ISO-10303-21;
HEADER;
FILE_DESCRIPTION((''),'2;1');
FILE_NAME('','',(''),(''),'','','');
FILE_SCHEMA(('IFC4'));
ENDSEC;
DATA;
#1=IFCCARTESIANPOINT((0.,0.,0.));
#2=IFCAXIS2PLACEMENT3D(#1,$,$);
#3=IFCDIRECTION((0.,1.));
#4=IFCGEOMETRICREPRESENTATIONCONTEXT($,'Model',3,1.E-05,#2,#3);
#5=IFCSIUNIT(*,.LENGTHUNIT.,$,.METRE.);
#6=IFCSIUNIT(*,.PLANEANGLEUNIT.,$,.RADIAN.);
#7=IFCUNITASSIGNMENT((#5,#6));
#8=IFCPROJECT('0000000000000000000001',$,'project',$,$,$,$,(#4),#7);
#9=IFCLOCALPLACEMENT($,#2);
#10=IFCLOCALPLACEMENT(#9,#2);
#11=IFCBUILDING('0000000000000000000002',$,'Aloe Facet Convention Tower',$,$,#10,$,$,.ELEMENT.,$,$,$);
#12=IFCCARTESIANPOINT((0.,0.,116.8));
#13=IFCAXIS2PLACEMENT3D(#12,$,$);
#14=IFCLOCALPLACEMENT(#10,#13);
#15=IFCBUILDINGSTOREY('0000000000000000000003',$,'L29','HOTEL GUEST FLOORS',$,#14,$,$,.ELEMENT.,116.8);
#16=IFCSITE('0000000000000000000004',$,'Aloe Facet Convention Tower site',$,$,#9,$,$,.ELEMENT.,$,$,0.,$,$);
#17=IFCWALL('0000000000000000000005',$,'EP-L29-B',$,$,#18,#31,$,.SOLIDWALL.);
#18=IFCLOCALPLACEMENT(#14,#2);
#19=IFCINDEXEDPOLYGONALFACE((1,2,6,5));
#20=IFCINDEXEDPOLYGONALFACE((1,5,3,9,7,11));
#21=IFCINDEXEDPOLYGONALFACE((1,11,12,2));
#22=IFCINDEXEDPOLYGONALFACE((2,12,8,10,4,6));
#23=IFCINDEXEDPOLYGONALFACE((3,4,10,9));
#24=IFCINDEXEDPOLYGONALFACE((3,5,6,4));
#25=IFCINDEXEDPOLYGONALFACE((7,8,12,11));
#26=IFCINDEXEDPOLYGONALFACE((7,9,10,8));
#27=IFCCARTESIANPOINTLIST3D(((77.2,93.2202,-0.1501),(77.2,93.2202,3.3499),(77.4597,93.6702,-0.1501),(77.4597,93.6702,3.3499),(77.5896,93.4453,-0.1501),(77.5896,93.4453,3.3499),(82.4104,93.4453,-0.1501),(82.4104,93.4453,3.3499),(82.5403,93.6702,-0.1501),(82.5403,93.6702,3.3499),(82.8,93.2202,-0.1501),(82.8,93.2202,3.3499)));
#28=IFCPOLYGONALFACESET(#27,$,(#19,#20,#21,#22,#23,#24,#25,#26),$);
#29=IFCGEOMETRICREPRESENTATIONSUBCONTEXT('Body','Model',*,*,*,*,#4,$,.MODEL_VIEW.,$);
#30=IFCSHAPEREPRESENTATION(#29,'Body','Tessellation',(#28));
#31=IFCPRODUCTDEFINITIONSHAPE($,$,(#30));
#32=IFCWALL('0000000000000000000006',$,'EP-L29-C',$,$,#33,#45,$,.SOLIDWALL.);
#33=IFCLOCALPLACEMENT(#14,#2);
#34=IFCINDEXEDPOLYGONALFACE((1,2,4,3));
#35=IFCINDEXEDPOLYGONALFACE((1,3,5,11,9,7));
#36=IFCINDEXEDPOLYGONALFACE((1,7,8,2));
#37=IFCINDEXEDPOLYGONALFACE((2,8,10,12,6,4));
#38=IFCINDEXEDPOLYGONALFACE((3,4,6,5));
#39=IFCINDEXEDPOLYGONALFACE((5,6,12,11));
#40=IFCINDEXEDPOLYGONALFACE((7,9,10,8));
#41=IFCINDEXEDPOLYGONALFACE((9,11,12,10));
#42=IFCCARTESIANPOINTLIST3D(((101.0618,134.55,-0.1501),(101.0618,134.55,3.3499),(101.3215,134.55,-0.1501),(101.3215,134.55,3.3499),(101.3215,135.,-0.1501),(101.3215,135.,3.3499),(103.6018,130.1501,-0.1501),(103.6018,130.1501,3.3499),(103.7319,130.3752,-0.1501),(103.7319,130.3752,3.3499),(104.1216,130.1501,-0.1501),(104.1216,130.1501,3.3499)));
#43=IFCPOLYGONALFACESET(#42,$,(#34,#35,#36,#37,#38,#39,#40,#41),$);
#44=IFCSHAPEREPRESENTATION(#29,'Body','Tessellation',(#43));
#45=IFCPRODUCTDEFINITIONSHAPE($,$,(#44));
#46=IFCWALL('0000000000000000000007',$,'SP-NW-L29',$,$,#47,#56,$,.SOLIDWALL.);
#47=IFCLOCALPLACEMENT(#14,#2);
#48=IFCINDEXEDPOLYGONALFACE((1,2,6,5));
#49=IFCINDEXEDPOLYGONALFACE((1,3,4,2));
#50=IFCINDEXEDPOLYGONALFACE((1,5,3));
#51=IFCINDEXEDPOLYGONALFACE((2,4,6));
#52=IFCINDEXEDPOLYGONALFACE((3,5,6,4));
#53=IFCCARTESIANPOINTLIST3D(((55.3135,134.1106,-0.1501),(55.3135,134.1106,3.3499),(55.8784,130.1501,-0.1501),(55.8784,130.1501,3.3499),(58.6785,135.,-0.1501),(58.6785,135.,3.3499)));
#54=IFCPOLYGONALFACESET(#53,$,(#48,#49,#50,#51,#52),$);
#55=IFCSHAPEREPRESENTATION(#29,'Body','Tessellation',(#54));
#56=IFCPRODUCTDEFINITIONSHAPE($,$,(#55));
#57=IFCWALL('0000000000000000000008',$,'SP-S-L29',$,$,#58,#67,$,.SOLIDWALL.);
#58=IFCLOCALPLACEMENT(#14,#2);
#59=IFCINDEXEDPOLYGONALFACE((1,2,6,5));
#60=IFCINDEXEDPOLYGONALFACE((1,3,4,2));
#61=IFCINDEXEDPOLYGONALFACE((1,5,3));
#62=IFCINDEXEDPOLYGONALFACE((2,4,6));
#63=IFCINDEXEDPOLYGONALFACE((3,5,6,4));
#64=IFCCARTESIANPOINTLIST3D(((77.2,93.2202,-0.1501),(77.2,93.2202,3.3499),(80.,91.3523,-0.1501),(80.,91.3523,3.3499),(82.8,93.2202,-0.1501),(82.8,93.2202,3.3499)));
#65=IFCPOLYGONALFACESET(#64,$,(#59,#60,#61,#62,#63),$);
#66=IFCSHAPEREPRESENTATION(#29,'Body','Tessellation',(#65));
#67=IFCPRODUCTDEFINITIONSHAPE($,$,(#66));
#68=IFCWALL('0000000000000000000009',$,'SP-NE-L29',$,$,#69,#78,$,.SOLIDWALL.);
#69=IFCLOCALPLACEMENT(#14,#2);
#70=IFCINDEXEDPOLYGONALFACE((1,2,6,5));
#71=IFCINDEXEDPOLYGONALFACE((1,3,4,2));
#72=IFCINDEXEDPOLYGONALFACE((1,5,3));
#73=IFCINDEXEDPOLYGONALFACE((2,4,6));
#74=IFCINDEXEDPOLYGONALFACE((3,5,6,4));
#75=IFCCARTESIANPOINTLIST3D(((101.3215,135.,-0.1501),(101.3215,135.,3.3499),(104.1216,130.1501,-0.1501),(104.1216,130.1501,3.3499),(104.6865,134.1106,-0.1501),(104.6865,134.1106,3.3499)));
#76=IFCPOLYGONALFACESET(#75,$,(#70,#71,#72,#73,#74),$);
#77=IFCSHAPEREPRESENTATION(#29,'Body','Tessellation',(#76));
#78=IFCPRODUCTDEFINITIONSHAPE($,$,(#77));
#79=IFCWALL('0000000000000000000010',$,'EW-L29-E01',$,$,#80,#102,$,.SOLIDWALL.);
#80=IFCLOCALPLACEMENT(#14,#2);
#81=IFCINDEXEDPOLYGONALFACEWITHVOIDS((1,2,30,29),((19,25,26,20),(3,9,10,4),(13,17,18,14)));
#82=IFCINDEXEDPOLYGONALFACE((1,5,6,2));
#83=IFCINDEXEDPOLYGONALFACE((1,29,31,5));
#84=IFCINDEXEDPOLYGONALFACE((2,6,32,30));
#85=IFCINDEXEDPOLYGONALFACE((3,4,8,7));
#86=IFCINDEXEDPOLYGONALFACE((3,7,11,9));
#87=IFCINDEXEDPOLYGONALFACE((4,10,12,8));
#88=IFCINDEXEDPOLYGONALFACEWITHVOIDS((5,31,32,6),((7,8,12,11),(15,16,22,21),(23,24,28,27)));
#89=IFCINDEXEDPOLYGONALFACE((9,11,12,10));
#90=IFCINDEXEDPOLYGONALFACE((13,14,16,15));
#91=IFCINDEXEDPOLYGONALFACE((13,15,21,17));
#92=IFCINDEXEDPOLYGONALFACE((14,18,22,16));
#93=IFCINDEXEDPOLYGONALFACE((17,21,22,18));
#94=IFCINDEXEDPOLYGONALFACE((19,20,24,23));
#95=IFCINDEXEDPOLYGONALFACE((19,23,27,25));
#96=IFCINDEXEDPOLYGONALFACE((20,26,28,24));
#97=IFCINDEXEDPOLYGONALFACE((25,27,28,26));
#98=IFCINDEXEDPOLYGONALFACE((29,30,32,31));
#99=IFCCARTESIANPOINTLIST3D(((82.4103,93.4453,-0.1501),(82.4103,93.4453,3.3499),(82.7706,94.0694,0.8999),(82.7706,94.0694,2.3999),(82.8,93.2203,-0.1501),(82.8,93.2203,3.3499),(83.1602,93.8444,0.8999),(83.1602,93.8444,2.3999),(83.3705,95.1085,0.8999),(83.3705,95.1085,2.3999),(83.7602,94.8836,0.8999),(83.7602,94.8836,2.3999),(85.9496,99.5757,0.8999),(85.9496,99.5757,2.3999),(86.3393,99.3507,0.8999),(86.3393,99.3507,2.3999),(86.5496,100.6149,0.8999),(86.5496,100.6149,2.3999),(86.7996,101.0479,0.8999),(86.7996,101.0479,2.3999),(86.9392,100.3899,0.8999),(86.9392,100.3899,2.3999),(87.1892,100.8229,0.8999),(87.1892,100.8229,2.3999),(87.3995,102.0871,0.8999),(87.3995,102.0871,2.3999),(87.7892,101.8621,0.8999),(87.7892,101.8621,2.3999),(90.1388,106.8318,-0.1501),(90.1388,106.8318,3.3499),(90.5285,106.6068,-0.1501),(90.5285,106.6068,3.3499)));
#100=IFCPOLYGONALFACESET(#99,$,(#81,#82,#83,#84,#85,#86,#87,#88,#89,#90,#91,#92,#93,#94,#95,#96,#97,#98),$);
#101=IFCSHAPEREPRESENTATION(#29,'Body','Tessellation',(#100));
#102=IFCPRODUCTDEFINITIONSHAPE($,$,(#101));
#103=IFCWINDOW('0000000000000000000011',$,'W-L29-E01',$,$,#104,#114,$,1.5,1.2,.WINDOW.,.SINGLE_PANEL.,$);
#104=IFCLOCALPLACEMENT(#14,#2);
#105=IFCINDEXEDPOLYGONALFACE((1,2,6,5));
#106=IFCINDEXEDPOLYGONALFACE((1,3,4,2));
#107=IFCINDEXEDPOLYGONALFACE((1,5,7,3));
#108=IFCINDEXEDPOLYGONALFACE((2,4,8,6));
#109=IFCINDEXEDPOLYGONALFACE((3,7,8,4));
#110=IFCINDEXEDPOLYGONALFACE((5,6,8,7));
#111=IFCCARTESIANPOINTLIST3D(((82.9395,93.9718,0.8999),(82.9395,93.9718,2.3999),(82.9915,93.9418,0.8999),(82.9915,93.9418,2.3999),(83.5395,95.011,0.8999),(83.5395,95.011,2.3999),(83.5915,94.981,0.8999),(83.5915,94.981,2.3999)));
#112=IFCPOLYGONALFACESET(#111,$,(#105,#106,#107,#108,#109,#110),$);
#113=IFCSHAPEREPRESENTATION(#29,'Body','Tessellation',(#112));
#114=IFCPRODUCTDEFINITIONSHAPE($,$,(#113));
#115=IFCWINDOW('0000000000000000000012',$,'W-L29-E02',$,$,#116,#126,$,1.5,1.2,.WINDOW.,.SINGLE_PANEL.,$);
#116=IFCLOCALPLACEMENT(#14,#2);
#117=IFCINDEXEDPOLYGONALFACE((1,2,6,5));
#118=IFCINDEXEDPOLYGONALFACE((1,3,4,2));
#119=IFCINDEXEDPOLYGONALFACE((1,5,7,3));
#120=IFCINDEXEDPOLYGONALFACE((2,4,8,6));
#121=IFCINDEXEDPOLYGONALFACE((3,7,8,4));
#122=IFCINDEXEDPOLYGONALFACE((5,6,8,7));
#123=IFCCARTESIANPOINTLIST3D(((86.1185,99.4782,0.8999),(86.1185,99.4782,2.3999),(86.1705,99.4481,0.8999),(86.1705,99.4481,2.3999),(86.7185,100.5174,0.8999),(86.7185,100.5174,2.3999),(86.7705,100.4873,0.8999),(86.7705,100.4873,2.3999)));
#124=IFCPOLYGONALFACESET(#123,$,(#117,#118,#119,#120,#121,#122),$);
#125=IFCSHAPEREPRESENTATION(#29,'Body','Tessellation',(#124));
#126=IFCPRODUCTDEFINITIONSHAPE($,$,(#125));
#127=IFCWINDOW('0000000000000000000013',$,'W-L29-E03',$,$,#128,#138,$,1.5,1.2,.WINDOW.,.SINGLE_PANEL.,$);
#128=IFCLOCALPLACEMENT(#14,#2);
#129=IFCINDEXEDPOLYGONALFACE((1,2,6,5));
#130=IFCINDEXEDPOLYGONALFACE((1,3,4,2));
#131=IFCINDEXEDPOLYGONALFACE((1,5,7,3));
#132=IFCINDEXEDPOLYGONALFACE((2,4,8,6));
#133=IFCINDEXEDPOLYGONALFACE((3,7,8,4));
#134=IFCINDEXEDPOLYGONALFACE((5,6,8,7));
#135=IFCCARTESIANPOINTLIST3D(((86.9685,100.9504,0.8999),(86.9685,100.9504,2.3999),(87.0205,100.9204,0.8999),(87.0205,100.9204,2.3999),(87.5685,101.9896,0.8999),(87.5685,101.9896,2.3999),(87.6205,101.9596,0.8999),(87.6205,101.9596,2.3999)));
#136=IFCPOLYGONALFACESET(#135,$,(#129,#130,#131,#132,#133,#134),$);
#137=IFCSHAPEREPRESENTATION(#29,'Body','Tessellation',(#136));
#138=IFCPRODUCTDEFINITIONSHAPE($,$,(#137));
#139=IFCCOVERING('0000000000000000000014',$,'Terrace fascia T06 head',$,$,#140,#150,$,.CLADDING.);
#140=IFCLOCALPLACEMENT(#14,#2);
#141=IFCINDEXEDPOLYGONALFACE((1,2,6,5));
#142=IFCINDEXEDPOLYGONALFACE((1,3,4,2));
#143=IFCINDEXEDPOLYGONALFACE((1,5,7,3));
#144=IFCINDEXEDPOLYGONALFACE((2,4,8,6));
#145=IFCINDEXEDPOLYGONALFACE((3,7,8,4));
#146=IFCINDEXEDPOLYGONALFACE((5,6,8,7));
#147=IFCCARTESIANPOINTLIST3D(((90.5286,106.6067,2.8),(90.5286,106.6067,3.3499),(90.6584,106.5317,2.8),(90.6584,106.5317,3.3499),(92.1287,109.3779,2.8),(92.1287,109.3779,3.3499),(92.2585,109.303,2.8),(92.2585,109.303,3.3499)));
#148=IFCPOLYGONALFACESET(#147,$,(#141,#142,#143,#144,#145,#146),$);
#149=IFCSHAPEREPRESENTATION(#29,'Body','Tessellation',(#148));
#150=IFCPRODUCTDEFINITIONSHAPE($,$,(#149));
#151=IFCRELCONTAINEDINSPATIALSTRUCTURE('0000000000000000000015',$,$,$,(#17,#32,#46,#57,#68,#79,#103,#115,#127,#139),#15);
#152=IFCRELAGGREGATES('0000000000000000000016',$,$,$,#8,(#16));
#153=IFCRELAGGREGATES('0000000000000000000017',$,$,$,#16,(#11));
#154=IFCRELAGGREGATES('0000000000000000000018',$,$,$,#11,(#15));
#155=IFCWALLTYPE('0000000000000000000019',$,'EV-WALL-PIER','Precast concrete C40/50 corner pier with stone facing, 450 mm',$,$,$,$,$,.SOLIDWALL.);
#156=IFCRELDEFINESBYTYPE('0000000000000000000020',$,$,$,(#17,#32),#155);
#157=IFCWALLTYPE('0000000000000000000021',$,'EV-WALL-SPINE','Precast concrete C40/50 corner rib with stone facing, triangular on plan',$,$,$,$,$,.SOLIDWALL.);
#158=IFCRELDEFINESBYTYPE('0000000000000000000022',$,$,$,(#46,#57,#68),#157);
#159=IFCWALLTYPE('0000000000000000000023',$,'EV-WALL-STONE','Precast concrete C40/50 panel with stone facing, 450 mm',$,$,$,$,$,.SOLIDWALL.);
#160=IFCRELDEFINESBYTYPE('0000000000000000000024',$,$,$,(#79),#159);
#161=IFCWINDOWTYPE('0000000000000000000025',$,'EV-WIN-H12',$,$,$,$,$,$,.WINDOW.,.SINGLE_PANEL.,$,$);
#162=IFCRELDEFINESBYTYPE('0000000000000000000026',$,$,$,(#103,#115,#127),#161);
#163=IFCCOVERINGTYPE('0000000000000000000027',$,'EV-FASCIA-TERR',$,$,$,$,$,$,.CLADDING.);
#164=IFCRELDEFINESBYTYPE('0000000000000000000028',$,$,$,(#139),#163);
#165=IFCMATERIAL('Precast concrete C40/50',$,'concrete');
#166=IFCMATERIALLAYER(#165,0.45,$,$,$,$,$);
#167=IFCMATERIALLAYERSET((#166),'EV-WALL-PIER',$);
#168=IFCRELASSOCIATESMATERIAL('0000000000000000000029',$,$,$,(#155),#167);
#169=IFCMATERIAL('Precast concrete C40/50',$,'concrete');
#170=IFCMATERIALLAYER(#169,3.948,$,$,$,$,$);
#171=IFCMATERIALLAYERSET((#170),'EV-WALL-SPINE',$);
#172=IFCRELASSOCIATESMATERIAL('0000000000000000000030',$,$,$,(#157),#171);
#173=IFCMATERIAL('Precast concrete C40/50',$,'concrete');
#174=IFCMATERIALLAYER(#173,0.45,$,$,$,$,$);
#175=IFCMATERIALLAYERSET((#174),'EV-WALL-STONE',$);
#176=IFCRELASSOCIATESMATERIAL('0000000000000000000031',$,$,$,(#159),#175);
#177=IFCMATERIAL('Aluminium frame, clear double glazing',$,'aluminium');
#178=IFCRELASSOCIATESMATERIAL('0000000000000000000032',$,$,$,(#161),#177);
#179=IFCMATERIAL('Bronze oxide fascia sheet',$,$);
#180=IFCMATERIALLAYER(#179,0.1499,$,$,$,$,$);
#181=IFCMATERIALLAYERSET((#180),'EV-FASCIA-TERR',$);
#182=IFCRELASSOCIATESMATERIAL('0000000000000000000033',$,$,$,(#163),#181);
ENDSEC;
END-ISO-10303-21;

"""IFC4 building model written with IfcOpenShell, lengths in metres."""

from ifc_helpers import new_model, si_unit, direction, frame, frame_2d, origin, place, context, subcontext, project, spatial, polyline, rectangle, outline, extrude, material, layer, layer_set, type_object, element, fill, save


model = new_model("IFC4")

# Units and contexts
model_context = context("Model", 3, precision=1e-05, world=origin(), true_north=direction((0.0, 1.0)))
body_context = subcontext(model_context, "Body", "Model", "MODEL_VIEW")
ifc_project = project(units=[si_unit("LENGTHUNIT", "METRE"), si_unit("PLANEANGLEUNIT", "RADIAN")], contexts=[model_context])

# Site, building, storey
site_placement = place(None, origin())
site = spatial("IfcSite", under=ifc_project, at=site_placement, Name="Aloe Facet Convention Tower site", CompositionType="ELEMENT", RefElevation=0.0)
building_placement = place(site_placement, origin())
building = spatial("IfcBuilding", under=site, at=building_placement, Name="Aloe Facet Convention Tower", CompositionType="ELEMENT")
storey_placement = place(building_placement, frame((0.0, 0.0, 116.8)))
storey = spatial("IfcBuildingStorey", under=building, at=storey_placement, Name="L29", Description="HOTEL GUEST FLOORS", CompositionType="ELEMENT", Elevation=116.8)

# Walls
ifc_material_1 = material(Name="Precast concrete C40/50", Category="concrete")
ifc_layer_1 = layer(ifc_material_1, 0.45)
ifc_layer_set_1 = layer_set([ifc_layer_1], Name="EV-WALL-PIER")
wall_type_1 = type_object("IfcWallType", Name="EV-WALL-PIER", Description="Precast concrete C40/50 corner pier with stone facing, 450 mm", PredefinedType="SOLIDWALL", material=ifc_layer_set_1)
wall_1_placement = place(storey_placement, frame((0.0, 0.0, -0.1501)))
element("IfcWall", 1, at=wall_1_placement, inside=storey, type_object=wall_type_1, Name="EP-L29-B", PredefinedType="SOLIDWALL", context=body_context, shape_type="SweptSolid", body=[
    extrude(outline(polyline([(77.2, 93.2202), (77.5896, 93.4453), (77.4597, 93.6702), (82.5403, 93.6702), (82.4104, 93.4453), (82.8, 93.2202), (77.2, 93.2202)])), origin(), (0.0, 0.0, 1.0), 3.5),
])
wall_2_placement = place(storey_placement, frame((0.0, 0.0, -0.1501)))
element("IfcWall", 2, at=wall_2_placement, inside=storey, type_object=wall_type_1, Name="EP-L29-C", PredefinedType="SOLIDWALL", context=body_context, shape_type="SweptSolid", body=[
    extrude(outline(polyline([(104.1216, 130.1501), (103.7319, 130.3752), (103.6018, 130.1501), (101.0618, 134.55), (101.3215, 134.55), (101.3215, 135.0), (104.1216, 130.1501)])), origin(), (0.0, 0.0, 1.0), 3.5),
])
ifc_material_2 = material(Name="Precast concrete C40/50", Category="concrete")
ifc_layer_2 = layer(ifc_material_2, 3.948)
ifc_layer_set_2 = layer_set([ifc_layer_2], Name="EV-WALL-SPINE")
wall_type_2 = type_object("IfcWallType", Name="EV-WALL-SPINE", Description="Precast concrete C40/50 corner rib with stone facing, triangular on plan", PredefinedType="SOLIDWALL", material=ifc_layer_set_2)
wall_3_placement = place(storey_placement, frame((0.0, 0.0, -0.1501)))
element("IfcWall", 3, at=wall_3_placement, inside=storey, type_object=wall_type_2, Name="SP-NW-L29", PredefinedType="SOLIDWALL", context=body_context, shape_type="SweptSolid", body=[
    extrude(outline(polyline([(58.6785, 135.0), (55.3135, 134.1106), (55.8784, 130.1501), (58.6785, 135.0)])), origin(), (0.0, 0.0, 1.0), 3.5),
])
wall_4_placement = place(storey_placement, frame((0.0, 0.0, -0.1501)))
element("IfcWall", 4, at=wall_4_placement, inside=storey, type_object=wall_type_2, Name="SP-S-L29", PredefinedType="SOLIDWALL", context=body_context, shape_type="SweptSolid", body=[
    extrude(outline(polyline([(77.2, 93.2202), (80.0, 91.3523), (82.8, 93.2202), (77.2, 93.2202)])), origin(), (0.0, 0.0, 1.0), 3.5),
])
wall_5_placement = place(storey_placement, frame((0.0, 0.0, -0.1501)))
element("IfcWall", 5, at=wall_5_placement, inside=storey, type_object=wall_type_2, Name="SP-NE-L29", PredefinedType="SOLIDWALL", context=body_context, shape_type="SweptSolid", body=[
    extrude(outline(polyline([(104.1216, 130.1501), (104.6865, 134.1106), (101.3215, 135.0), (104.1216, 130.1501)])), origin(), (0.0, 0.0, 1.0), 3.5),
])

# Wall, openings, windows
ifc_material_3 = material(Name="Precast concrete C40/50", Category="concrete")
ifc_layer_3 = layer(ifc_material_3, 0.45)
ifc_layer_set_3 = layer_set([ifc_layer_3], Name="EV-WALL-STONE")
wall_type_3 = type_object("IfcWallType", Name="EV-WALL-STONE", Description="Precast concrete C40/50 panel with stone facing, 450 mm", PredefinedType="SOLIDWALL", material=ifc_layer_set_3)
wall_6_placement = place(storey_placement, frame((82.6052, 93.3328, -0.1501), z_axis=(0.0, 0.0, 1.0), x_axis=(0.499992, 0.86603, 0.0)))
wall_6 = element("IfcWall", 6, at=wall_6_placement, inside=storey, type_object=wall_type_3, Name="EW-L29-E01", PredefinedType="SOLIDWALL", context=body_context, shape_type="SweptSolid", body=[
    extrude(outline(polyline([(0.0, 0.0), (0.0, 3.5), (15.4573, 3.5), (15.4573, 0.0), (0.0, 0.0)])), frame((0.0, 0.2251, 0.0), z_axis=(0.0, -1.0, 0.0), x_axis=(1.0, 0.0, 0.0)), (0.0, 0.0, 1.0), 0.45),
])
opening_1_placement = place(wall_6_placement, frame((0.7205, 0.0, 1.05)))
opening_1 = element("IfcOpeningElement", 7, at=opening_1_placement, cuts=wall_6, PredefinedType="OPENING", context=body_context, shape_type="SweptSolid", body=[
    extrude(rectangle(XDim=1.2, YDim=1.5, at=frame_2d((0.6001, 0.75))), frame((0.0, 0.2349, 0.0), z_axis=(0.0, -1.0, 0.0), x_axis=(1.0, 0.0, 0.0)), (0.0, 0.0, 1.0), 0.47),
])
opening_2_placement = place(wall_6_placement, frame((7.0786, 0.0, 1.05)))
opening_2 = element("IfcOpeningElement", 8, at=opening_2_placement, cuts=wall_6, PredefinedType="OPENING", context=body_context, shape_type="SweptSolid", body=[
    extrude(rectangle(XDim=1.2, YDim=1.5, at=frame_2d((0.6001, 0.75))), frame((0.0, 0.2349, 0.0), z_axis=(0.0, -1.0, 0.0), x_axis=(1.0, 0.0, 0.0)), (0.0, 0.0, 1.0), 0.47),
])
opening_3_placement = place(wall_6_placement, frame((8.7786, 0.0, 1.05)))
opening_3 = element("IfcOpeningElement", 9, at=opening_3_placement, cuts=wall_6, PredefinedType="OPENING", context=body_context, shape_type="SweptSolid", body=[
    extrude(rectangle(XDim=1.2, YDim=1.5, at=frame_2d((0.6001, 0.75))), frame((0.0, 0.2349, 0.0), z_axis=(0.0, -1.0, 0.0), x_axis=(1.0, 0.0, 0.0)), (0.0, 0.0, 1.0), 0.47),
])
ifc_material_4 = material(Name="Aluminium frame, clear double glazing", Category="aluminium")
window_type = type_object("IfcWindowType", Name="EV-WIN-H12", PartitioningType="SINGLE_PANEL", PredefinedType="WINDOW", material=ifc_material_4)
window_1_placement = place(opening_1_placement, origin())
window_1 = element("IfcWindow", 10, at=window_1_placement, inside=storey, type_object=window_type, Name="W-L29-E01", OverallHeight=1.5, OverallWidth=1.2, PartitioningType="SINGLE_PANEL", PredefinedType="WINDOW", context=body_context, shape_type="SweptSolid", body=[
    extrude(rectangle(XDim=1.2, YDim=1.5, at=frame_2d((0.6001, 0.75))), frame((0.0, 0.03, 0.0), z_axis=(0.0, -1.0, 0.0), x_axis=(1.0, 0.0, 0.0)), (0.0, 0.0, 1.0), 0.0601),
])
fill(opening_1, window_1)
window_2_placement = place(opening_2_placement, origin())
window_2 = element("IfcWindow", 11, at=window_2_placement, inside=storey, type_object=window_type, Name="W-L29-E02", OverallHeight=1.5, OverallWidth=1.2, PartitioningType="SINGLE_PANEL", PredefinedType="WINDOW", context=body_context, shape_type="SweptSolid", body=[
    extrude(rectangle(XDim=1.2, YDim=1.5, at=frame_2d((0.6001, 0.75))), frame((0.0, 0.03, 0.0), z_axis=(0.0, -1.0, 0.0), x_axis=(1.0, 0.0, 0.0)), (0.0, 0.0, 1.0), 0.0601),
])
fill(opening_2, window_2)
window_3_placement = place(opening_3_placement, origin())
window_3 = element("IfcWindow", 12, at=window_3_placement, inside=storey, type_object=window_type, Name="W-L29-E03", OverallHeight=1.5, OverallWidth=1.2, PartitioningType="SINGLE_PANEL", PredefinedType="WINDOW", context=body_context, shape_type="SweptSolid", body=[
    extrude(rectangle(XDim=1.2, YDim=1.5, at=frame_2d((0.6001, 0.75))), frame((0.0, 0.03, 0.0), z_axis=(0.0, -1.0, 0.0), x_axis=(1.0, 0.0, 0.0)), (0.0, 0.0, 1.0), 0.0601),
])
fill(opening_3, window_3)

# Covering
ifc_material_5 = material(Name="Bronze oxide fascia sheet")
ifc_layer_4 = layer(ifc_material_5, 0.1499)
ifc_layer_set_4 = layer_set([ifc_layer_4], Name="EV-FASCIA-TERR")
covering_type = type_object("IfcCoveringType", Name="EV-FASCIA-TERR", PredefinedType="CLADDING", material=ifc_layer_set_4)
covering_placement = place(storey_placement, frame((0.0, 0.0, 2.8)))
element("IfcCovering", 13, at=covering_placement, inside=storey, type_object=covering_type, Name="Terrace fascia T06 head", PredefinedType="CLADDING", context=body_context, shape_type="SweptSolid", body=[
    extrude(outline(polyline([(90.6584, 106.5317), (92.2585, 109.303), (92.1287, 109.3779), (90.5286, 106.6067), (90.6584, 106.5317)])), origin(), (0.0, 0.0, 1.0), 0.5498),
])

save(model, "model.ifc")
